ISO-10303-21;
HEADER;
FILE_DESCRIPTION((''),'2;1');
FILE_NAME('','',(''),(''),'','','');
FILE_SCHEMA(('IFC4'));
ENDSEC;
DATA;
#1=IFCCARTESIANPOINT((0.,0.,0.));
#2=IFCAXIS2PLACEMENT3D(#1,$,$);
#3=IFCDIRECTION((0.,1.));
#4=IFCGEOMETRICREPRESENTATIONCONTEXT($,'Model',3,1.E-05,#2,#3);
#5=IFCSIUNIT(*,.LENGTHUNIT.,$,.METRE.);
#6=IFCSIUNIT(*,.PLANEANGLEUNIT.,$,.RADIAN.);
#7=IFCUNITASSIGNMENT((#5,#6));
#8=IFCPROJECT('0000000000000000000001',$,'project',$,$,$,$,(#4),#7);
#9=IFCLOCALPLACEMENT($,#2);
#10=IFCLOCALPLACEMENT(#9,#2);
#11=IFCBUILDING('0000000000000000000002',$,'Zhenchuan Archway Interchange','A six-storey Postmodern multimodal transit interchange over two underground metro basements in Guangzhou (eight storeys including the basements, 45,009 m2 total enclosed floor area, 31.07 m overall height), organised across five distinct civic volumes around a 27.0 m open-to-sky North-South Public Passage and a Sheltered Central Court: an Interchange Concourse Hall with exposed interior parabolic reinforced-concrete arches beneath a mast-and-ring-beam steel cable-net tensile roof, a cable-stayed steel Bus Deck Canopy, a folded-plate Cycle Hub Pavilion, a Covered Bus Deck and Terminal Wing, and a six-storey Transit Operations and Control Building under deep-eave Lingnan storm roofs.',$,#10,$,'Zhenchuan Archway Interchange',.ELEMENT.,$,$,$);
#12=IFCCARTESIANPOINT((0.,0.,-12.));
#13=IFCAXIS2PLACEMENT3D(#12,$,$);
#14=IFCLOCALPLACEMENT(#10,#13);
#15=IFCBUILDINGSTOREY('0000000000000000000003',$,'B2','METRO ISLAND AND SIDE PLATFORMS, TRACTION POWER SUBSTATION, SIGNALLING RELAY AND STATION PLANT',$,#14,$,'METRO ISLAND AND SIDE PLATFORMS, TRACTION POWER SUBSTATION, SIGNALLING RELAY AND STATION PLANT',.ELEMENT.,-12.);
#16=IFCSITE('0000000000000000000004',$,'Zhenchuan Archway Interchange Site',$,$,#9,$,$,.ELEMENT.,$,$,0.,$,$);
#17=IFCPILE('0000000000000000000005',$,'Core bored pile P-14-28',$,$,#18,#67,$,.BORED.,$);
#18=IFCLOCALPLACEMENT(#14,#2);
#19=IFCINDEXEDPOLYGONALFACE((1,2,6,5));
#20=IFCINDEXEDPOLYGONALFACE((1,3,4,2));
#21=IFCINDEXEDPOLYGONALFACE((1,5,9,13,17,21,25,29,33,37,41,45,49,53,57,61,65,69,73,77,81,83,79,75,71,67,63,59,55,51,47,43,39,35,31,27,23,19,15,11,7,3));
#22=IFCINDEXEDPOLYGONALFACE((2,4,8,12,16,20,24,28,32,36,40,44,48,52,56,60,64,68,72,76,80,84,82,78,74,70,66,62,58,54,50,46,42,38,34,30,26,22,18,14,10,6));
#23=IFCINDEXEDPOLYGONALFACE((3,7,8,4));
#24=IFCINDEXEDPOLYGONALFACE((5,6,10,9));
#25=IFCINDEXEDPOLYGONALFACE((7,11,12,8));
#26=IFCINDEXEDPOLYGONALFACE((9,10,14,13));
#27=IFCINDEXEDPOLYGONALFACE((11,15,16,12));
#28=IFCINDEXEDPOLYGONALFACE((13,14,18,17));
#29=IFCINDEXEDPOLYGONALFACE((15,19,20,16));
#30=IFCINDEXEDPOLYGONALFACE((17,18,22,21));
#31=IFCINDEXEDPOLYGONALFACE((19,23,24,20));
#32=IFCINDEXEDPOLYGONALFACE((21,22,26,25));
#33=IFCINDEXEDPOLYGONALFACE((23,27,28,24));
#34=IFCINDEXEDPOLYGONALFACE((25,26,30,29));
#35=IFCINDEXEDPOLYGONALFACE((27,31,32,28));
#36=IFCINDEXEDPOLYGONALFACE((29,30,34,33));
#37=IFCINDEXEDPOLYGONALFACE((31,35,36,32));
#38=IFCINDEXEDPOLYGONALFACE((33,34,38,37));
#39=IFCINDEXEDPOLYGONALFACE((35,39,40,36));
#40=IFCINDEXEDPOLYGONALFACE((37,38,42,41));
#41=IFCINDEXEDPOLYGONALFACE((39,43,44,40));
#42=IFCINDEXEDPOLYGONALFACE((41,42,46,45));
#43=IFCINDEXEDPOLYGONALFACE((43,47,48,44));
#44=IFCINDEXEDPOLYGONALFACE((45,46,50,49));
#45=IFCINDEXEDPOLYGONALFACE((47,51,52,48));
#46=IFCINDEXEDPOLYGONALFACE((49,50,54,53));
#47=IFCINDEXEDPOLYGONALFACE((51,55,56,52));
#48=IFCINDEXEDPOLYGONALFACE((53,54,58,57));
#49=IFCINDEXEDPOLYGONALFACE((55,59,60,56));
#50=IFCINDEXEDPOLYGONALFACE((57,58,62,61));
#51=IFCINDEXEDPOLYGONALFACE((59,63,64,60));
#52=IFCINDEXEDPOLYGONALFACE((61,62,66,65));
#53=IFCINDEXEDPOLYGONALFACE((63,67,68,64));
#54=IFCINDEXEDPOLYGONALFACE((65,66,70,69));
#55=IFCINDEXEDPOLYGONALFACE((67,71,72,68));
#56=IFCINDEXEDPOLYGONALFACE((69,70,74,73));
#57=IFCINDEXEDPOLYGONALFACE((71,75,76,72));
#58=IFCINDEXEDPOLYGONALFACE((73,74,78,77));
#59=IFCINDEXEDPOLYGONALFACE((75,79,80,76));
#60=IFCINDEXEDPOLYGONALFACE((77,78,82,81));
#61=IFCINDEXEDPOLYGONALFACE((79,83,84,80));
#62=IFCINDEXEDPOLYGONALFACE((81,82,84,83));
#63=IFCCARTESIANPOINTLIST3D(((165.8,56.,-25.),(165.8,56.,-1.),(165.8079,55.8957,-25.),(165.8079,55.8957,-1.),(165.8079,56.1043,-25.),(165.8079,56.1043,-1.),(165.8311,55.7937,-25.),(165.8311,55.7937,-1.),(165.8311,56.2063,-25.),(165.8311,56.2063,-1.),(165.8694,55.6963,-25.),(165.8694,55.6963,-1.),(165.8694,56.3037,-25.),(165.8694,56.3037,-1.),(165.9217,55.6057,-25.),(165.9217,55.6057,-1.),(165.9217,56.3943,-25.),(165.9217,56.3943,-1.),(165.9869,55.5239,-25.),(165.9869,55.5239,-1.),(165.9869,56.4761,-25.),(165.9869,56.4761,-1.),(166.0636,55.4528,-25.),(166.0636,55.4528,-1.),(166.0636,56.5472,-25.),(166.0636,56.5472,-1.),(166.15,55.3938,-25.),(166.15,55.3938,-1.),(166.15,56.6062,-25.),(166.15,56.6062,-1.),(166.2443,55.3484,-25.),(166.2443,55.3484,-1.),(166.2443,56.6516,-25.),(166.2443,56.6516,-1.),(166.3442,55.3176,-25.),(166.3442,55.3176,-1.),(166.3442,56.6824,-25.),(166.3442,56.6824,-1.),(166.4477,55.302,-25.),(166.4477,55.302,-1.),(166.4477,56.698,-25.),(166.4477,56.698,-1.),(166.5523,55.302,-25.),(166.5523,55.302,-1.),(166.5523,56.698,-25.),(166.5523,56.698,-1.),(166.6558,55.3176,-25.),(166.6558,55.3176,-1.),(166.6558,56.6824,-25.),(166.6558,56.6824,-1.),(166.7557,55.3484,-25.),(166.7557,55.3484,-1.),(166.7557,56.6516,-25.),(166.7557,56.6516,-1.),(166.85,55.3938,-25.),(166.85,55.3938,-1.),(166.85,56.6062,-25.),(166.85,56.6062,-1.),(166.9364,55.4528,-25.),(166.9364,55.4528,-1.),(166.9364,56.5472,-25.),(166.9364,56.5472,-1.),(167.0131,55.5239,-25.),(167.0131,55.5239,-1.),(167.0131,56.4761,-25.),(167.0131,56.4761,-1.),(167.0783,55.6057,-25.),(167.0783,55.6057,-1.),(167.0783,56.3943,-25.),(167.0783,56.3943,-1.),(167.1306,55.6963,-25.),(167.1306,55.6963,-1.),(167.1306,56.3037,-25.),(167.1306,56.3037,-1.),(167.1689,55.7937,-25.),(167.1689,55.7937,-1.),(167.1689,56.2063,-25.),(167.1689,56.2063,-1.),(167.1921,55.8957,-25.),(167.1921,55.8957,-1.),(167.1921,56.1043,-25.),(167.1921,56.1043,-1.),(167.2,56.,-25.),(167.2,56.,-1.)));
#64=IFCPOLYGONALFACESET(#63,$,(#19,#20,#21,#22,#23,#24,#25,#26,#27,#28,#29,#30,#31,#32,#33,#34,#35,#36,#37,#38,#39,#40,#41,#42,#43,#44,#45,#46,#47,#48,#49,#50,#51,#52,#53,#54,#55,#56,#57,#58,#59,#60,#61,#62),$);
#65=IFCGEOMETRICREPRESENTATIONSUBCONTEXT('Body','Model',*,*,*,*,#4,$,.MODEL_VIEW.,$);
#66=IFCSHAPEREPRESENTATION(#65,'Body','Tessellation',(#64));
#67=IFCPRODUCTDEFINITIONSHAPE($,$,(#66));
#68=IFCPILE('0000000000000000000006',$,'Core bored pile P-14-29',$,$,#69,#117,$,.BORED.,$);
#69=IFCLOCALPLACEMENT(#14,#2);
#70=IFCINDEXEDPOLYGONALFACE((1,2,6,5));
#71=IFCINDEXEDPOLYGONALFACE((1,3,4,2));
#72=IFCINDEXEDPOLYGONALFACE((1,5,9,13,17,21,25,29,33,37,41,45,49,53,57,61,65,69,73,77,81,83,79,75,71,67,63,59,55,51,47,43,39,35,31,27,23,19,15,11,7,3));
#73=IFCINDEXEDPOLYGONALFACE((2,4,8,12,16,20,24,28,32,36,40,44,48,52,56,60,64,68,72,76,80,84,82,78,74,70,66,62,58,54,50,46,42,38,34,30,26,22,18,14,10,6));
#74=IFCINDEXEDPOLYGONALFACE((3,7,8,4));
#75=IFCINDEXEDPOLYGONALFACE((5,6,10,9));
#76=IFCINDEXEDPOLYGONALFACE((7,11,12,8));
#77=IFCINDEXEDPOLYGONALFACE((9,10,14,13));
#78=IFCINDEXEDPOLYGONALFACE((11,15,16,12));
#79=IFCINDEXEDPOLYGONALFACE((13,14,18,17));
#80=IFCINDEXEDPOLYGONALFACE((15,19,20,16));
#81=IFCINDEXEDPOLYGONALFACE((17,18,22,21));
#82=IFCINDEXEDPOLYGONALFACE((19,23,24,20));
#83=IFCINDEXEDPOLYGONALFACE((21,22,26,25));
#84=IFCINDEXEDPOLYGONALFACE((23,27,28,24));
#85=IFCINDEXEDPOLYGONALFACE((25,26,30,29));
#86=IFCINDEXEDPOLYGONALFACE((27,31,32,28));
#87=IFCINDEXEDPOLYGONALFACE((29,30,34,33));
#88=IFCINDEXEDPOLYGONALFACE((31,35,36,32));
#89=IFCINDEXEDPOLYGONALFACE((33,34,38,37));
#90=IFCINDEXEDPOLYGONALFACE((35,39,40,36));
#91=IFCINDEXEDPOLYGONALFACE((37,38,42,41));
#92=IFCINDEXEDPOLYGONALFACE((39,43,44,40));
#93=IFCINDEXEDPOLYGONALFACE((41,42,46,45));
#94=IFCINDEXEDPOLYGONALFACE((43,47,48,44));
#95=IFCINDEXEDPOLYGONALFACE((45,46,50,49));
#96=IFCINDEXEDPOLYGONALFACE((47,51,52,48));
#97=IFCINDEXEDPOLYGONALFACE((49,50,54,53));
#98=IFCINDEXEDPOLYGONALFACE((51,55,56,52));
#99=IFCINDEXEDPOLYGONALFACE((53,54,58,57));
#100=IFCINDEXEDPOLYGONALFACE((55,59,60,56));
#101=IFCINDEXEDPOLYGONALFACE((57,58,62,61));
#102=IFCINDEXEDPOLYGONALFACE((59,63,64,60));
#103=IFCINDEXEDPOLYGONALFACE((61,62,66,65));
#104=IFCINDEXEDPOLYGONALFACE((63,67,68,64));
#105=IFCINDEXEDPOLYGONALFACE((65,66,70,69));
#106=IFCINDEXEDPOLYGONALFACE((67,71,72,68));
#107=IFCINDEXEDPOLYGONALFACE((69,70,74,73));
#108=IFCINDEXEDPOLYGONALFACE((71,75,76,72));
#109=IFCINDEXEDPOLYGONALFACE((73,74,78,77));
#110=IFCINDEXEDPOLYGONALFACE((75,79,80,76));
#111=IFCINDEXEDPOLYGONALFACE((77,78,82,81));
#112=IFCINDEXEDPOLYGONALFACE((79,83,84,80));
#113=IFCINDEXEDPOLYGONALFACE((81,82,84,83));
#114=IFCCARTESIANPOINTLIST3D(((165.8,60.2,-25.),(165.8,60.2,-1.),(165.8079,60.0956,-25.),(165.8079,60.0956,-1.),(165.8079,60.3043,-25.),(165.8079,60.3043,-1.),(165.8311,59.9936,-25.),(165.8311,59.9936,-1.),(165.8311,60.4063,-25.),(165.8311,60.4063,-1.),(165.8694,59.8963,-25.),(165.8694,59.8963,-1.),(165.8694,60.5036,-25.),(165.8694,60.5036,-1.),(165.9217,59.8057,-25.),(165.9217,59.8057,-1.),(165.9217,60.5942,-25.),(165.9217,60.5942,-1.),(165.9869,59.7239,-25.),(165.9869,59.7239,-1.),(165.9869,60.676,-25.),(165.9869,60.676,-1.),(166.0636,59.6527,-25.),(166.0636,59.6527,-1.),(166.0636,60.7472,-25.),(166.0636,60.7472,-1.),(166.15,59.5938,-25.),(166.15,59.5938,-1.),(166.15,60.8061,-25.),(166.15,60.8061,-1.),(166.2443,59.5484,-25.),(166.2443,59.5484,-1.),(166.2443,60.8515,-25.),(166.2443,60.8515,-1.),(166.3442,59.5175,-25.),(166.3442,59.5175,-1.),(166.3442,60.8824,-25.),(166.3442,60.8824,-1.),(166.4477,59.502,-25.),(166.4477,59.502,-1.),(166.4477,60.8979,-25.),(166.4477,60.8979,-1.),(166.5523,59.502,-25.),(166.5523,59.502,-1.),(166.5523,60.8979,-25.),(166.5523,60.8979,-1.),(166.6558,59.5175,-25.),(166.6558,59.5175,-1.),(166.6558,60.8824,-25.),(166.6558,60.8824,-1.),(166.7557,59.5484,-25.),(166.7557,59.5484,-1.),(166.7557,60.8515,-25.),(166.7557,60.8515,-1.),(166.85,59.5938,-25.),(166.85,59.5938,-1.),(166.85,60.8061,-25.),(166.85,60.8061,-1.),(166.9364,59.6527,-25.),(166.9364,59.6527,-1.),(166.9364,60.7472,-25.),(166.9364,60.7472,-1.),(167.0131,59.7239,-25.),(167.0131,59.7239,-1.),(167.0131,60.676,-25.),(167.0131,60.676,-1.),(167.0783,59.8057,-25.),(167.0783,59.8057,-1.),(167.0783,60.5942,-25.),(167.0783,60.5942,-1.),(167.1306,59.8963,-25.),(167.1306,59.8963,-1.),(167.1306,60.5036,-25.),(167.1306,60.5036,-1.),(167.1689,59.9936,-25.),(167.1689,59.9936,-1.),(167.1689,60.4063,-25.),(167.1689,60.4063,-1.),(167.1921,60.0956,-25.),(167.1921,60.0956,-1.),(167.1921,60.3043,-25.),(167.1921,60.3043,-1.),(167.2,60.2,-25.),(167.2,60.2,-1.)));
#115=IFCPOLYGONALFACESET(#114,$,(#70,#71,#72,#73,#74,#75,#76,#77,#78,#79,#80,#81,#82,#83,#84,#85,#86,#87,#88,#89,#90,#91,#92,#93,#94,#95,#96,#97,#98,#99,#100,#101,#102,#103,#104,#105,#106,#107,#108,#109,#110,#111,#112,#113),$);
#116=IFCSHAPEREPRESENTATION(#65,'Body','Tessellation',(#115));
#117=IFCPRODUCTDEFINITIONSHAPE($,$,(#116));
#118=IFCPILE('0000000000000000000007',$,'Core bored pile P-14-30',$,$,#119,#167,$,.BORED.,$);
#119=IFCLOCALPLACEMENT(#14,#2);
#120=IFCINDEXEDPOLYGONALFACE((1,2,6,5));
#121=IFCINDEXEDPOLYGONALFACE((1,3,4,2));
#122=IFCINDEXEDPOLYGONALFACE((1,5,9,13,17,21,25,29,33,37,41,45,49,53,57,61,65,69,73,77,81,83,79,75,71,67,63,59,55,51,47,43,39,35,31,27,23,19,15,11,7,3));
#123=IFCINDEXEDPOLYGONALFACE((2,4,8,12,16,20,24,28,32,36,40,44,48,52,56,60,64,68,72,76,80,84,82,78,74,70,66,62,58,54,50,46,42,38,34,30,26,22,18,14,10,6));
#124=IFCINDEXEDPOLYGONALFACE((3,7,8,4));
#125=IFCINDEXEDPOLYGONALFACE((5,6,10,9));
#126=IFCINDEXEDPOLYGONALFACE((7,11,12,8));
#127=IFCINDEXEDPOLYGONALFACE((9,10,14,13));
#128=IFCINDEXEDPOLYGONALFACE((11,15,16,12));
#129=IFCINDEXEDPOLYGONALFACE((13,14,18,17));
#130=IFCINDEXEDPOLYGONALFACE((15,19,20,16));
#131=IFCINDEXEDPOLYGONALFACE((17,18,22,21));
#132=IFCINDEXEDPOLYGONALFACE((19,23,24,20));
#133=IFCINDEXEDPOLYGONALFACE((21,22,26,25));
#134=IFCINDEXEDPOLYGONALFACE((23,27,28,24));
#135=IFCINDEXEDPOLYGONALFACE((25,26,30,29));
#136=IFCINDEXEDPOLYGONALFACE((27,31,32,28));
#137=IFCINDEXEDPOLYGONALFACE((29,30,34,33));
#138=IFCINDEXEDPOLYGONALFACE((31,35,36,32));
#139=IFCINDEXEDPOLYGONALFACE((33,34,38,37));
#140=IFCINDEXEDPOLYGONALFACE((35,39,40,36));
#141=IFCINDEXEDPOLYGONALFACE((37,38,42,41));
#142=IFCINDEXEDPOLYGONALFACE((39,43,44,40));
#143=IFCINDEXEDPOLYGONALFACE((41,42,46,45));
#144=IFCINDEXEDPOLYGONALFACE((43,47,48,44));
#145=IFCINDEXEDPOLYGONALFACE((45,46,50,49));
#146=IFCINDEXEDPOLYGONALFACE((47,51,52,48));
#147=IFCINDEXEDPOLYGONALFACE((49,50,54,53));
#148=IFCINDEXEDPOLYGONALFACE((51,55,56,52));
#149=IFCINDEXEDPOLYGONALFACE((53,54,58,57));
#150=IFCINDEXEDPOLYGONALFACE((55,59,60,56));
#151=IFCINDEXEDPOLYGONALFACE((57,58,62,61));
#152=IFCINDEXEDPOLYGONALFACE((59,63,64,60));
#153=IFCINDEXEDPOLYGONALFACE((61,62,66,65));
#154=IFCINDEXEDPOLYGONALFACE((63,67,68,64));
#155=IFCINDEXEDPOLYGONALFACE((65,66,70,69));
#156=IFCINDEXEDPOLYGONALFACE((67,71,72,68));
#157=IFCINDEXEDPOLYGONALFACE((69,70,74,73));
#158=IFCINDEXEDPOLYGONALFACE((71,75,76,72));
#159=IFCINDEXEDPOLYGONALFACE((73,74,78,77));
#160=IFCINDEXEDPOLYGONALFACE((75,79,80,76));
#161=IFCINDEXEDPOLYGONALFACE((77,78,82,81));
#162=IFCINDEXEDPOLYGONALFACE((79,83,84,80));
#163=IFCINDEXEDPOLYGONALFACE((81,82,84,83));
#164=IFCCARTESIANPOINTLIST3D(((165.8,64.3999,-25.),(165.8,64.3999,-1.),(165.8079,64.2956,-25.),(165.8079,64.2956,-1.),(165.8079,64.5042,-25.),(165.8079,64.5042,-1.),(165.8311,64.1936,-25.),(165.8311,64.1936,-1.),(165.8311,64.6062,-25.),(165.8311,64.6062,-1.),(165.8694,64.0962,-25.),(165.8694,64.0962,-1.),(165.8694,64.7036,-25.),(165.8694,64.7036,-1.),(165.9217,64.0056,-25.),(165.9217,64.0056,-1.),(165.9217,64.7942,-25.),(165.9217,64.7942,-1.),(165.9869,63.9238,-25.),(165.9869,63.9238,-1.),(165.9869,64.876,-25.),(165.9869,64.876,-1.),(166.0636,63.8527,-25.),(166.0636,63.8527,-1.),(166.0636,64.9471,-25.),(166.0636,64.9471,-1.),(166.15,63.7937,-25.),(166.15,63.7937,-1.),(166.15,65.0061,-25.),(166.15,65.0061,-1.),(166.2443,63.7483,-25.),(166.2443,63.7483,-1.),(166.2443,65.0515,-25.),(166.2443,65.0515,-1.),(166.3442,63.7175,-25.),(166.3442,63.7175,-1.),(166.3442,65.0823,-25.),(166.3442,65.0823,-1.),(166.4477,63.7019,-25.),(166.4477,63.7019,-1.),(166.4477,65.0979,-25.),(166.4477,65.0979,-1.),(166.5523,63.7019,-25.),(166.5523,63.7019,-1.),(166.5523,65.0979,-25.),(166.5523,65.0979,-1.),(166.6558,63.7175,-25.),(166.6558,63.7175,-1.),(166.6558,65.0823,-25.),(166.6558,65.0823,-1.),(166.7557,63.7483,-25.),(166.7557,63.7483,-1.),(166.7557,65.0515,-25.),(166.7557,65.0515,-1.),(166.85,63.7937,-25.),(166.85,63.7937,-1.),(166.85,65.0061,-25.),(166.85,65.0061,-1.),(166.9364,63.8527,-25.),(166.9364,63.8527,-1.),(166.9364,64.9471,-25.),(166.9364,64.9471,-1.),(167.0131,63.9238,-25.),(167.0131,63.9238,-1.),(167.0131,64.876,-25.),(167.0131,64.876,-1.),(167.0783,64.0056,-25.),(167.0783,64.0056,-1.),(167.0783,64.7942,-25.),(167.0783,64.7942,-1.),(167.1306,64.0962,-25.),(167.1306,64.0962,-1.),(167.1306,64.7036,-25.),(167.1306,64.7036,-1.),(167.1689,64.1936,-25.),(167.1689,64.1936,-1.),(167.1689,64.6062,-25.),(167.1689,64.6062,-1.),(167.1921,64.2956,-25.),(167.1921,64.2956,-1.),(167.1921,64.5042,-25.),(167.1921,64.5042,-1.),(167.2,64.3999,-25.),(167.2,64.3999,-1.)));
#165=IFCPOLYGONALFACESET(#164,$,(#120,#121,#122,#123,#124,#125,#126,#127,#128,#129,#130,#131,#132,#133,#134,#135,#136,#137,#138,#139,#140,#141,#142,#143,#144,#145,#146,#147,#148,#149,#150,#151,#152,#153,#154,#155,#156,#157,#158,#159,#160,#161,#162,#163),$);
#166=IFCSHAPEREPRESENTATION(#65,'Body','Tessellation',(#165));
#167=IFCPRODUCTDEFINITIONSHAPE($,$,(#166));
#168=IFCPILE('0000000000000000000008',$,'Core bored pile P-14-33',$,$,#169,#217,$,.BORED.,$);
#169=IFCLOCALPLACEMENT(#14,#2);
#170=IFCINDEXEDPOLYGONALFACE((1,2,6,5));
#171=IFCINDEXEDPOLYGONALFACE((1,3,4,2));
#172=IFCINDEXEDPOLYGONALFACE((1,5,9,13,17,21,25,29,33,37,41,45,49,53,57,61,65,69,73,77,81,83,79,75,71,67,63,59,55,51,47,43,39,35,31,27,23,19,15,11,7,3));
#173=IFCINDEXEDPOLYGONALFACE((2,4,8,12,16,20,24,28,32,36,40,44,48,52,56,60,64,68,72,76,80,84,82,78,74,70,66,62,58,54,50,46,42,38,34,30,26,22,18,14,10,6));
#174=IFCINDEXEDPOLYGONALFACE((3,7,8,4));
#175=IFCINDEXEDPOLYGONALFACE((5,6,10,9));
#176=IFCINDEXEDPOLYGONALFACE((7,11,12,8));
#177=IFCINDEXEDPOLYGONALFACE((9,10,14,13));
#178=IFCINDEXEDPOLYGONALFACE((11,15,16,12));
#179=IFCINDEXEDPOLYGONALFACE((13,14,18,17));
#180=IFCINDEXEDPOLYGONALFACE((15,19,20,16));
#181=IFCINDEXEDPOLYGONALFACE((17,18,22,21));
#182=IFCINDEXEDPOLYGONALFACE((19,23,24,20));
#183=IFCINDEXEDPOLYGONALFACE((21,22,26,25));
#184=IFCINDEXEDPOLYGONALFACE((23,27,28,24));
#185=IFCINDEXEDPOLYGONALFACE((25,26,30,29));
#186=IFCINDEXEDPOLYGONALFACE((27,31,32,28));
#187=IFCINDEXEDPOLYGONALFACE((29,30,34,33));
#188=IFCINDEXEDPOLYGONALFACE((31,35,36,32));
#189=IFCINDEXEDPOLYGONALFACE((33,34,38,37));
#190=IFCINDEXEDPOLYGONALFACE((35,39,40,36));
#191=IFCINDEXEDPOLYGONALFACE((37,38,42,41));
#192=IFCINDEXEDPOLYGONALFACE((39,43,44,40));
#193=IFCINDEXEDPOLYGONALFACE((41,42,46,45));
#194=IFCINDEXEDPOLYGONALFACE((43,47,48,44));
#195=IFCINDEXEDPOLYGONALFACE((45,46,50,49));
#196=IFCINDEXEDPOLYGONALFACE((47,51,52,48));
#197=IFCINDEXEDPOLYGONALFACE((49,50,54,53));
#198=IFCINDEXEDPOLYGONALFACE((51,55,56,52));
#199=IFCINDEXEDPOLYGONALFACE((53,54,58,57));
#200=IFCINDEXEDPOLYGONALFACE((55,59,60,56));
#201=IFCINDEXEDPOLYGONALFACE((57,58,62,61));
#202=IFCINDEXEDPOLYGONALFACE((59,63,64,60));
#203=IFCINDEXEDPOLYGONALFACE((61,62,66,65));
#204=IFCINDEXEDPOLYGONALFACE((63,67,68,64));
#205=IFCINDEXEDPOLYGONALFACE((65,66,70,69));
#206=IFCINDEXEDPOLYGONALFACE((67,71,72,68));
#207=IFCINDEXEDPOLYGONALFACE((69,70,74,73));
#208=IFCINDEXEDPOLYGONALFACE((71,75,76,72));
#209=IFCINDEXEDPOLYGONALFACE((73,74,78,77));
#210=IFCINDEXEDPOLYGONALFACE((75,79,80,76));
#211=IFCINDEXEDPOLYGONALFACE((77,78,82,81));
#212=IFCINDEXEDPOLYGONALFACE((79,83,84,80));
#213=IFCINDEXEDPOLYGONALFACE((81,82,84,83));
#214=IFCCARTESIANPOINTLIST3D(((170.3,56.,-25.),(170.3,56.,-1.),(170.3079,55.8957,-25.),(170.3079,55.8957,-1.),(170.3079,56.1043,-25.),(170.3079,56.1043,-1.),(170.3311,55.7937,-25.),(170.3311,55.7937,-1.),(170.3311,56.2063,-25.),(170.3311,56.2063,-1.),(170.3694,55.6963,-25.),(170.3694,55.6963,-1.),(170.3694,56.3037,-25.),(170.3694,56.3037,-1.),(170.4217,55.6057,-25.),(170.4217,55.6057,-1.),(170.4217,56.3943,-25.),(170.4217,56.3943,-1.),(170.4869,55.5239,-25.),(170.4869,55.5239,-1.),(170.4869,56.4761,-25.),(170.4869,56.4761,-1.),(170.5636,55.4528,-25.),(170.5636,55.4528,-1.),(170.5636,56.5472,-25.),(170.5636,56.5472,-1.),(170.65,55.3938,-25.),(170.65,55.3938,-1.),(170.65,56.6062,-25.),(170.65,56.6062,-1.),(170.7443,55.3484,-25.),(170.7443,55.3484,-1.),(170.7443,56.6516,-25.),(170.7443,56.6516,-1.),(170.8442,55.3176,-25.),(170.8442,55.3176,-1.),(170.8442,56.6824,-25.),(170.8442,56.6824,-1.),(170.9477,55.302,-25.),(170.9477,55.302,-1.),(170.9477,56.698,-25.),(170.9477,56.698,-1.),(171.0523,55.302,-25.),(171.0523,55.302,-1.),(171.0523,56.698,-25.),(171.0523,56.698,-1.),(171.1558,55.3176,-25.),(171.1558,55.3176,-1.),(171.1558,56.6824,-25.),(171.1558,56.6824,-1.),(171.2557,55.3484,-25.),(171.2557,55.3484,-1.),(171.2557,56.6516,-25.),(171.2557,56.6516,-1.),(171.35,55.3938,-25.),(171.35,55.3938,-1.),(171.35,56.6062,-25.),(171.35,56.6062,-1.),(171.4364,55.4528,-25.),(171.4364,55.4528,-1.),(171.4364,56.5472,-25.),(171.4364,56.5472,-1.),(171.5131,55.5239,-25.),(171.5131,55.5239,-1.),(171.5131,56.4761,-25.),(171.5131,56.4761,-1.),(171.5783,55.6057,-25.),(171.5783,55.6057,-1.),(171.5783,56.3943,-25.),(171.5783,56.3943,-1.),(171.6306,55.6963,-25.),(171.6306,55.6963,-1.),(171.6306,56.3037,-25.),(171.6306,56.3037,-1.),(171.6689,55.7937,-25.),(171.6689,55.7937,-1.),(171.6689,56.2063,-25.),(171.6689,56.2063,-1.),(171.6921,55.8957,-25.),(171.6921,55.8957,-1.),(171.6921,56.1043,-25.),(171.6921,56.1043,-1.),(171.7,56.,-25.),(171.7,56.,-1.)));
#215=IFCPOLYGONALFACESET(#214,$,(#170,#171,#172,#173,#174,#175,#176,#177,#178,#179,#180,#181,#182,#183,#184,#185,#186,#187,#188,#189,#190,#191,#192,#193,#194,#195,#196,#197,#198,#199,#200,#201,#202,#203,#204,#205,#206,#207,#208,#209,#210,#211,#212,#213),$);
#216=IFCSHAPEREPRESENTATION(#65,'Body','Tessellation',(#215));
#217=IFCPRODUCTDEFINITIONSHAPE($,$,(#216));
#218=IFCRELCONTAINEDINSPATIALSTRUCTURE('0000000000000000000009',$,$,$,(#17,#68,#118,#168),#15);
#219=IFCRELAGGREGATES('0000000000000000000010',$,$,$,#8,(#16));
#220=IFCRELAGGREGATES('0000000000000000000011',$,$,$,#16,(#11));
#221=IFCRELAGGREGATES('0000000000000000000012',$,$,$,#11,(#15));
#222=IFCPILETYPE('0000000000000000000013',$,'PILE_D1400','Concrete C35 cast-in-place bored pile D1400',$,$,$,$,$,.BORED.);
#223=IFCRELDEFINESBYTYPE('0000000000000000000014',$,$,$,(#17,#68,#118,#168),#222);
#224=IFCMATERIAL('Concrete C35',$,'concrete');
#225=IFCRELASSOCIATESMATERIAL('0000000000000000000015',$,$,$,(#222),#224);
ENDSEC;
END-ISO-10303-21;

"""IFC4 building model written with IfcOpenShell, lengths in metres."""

from ifc_helpers import new_model, si_unit, direction, frame, origin, origin_2d, place, context, subcontext, project, spatial, circle, extrude, material, material_profile, profile_set, type_object, element, save


model = new_model("IFC4")

# Units and contexts
model_context = context("Model", 3, precision=1e-05, world=origin(), true_north=direction((0.0, 1.0)))
body_context = subcontext(model_context, "Body", "Model", "MODEL_VIEW")
ifc_project = project(units=[si_unit("LENGTHUNIT", "METRE"), si_unit("PLANEANGLEUNIT", "RADIAN")], contexts=[model_context])

# Site, building, storey
site_placement = place(None, origin())
site = spatial("IfcSite", under=ifc_project, at=site_placement, Name="Zhenchuan Archway Interchange Site", CompositionType="ELEMENT", RefElevation=0.0)
building_placement = place(site_placement, origin())
building = spatial("IfcBuilding", under=site, at=building_placement, Name="Zhenchuan Archway Interchange", Description="A six-storey Postmodern multimodal transit interchange over two underground metro basements in Guangzhou (eight storeys including the basements, 45,009 m2 total enclosed floor area, 31.07 m overall height), organised across five distinct civic volumes around a 27.0 m open-to-sky North-South Public Passage and a Sheltered Central Court: an Interchange Concourse Hall with exposed interior parabolic reinforced-concrete arches beneath a mast-and-ring-beam steel cable-net tensile roof, a cable-stayed steel Bus Deck Canopy, a folded-plate Cycle Hub Pavilion, a Covered Bus Deck and Terminal Wing, and a six-storey Transit Operations and Control Building under deep-eave Lingnan storm roofs.", LongName="Zhenchuan Archway Interchange", CompositionType="ELEMENT")
storey_placement = place(building_placement, frame((0.0, 0.0, -12.0)))
storey = spatial("IfcBuildingStorey", under=building, at=storey_placement, Name="B2", Description="METRO ISLAND AND SIDE PLATFORMS, TRACTION POWER SUBSTATION, SIGNALLING RELAY AND STATION PLANT", LongName="METRO ISLAND AND SIDE PLATFORMS, TRACTION POWER SUBSTATION, SIGNALLING RELAY AND STATION PLANT", CompositionType="ELEMENT", Elevation=-12.0)

# Piles
ifc_material_1 = material(Name="Concrete C35", Category="concrete")
ifc_material_profile_1 = material_profile(ifc_material_1, circle(Radius=0.7, at=origin_2d()), Name="BORED PILE 1400")
ifc_profile_set_1 = profile_set([ifc_material_profile_1], Name="Concrete C35")
pile_type_1 = type_object("IfcPileType", Name="PILE_D1400", Description="Concrete C35 cast-in-place bored pile D1400", PredefinedType="BORED", material=ifc_profile_set_1)
for number, where, z_axis, x_axis, name in (
    (1, (166.5, 56.0, -1.0), (0.0, 0.0, -1.0), (1.0, 0.0, 0.0), "Core bored pile P-14-28"),
    (2, (166.5, 60.2, -1.0), (0.0, 0.0, -1.0), (1.0, 0.0, 0.0), "Core bored pile P-14-29"),
    (3, (166.5, 64.3999, -1.0), (0.0, 0.0, -1.0), (1.0, 0.0, 0.0), "Core bored pile P-14-30"),
    (4, (171.0, 56.0, -1.0), (0.0, 0.0, -1.0), (1.0, 0.0, 0.0), "Core bored pile P-14-33"),
):
    element("IfcPile", number, at=place(storey_placement, frame(where, z_axis=z_axis, x_axis=x_axis)), inside=storey, type_object=pile_type_1, Name=name, PredefinedType="BORED", context=body_context, shape_type="SweptSolid", body=[
        extrude(circle(Radius=0.7, at=origin_2d()), origin(), (0.0, 0.0, 1.0), 24.0),
    ])

save(model, "model.ifc")
